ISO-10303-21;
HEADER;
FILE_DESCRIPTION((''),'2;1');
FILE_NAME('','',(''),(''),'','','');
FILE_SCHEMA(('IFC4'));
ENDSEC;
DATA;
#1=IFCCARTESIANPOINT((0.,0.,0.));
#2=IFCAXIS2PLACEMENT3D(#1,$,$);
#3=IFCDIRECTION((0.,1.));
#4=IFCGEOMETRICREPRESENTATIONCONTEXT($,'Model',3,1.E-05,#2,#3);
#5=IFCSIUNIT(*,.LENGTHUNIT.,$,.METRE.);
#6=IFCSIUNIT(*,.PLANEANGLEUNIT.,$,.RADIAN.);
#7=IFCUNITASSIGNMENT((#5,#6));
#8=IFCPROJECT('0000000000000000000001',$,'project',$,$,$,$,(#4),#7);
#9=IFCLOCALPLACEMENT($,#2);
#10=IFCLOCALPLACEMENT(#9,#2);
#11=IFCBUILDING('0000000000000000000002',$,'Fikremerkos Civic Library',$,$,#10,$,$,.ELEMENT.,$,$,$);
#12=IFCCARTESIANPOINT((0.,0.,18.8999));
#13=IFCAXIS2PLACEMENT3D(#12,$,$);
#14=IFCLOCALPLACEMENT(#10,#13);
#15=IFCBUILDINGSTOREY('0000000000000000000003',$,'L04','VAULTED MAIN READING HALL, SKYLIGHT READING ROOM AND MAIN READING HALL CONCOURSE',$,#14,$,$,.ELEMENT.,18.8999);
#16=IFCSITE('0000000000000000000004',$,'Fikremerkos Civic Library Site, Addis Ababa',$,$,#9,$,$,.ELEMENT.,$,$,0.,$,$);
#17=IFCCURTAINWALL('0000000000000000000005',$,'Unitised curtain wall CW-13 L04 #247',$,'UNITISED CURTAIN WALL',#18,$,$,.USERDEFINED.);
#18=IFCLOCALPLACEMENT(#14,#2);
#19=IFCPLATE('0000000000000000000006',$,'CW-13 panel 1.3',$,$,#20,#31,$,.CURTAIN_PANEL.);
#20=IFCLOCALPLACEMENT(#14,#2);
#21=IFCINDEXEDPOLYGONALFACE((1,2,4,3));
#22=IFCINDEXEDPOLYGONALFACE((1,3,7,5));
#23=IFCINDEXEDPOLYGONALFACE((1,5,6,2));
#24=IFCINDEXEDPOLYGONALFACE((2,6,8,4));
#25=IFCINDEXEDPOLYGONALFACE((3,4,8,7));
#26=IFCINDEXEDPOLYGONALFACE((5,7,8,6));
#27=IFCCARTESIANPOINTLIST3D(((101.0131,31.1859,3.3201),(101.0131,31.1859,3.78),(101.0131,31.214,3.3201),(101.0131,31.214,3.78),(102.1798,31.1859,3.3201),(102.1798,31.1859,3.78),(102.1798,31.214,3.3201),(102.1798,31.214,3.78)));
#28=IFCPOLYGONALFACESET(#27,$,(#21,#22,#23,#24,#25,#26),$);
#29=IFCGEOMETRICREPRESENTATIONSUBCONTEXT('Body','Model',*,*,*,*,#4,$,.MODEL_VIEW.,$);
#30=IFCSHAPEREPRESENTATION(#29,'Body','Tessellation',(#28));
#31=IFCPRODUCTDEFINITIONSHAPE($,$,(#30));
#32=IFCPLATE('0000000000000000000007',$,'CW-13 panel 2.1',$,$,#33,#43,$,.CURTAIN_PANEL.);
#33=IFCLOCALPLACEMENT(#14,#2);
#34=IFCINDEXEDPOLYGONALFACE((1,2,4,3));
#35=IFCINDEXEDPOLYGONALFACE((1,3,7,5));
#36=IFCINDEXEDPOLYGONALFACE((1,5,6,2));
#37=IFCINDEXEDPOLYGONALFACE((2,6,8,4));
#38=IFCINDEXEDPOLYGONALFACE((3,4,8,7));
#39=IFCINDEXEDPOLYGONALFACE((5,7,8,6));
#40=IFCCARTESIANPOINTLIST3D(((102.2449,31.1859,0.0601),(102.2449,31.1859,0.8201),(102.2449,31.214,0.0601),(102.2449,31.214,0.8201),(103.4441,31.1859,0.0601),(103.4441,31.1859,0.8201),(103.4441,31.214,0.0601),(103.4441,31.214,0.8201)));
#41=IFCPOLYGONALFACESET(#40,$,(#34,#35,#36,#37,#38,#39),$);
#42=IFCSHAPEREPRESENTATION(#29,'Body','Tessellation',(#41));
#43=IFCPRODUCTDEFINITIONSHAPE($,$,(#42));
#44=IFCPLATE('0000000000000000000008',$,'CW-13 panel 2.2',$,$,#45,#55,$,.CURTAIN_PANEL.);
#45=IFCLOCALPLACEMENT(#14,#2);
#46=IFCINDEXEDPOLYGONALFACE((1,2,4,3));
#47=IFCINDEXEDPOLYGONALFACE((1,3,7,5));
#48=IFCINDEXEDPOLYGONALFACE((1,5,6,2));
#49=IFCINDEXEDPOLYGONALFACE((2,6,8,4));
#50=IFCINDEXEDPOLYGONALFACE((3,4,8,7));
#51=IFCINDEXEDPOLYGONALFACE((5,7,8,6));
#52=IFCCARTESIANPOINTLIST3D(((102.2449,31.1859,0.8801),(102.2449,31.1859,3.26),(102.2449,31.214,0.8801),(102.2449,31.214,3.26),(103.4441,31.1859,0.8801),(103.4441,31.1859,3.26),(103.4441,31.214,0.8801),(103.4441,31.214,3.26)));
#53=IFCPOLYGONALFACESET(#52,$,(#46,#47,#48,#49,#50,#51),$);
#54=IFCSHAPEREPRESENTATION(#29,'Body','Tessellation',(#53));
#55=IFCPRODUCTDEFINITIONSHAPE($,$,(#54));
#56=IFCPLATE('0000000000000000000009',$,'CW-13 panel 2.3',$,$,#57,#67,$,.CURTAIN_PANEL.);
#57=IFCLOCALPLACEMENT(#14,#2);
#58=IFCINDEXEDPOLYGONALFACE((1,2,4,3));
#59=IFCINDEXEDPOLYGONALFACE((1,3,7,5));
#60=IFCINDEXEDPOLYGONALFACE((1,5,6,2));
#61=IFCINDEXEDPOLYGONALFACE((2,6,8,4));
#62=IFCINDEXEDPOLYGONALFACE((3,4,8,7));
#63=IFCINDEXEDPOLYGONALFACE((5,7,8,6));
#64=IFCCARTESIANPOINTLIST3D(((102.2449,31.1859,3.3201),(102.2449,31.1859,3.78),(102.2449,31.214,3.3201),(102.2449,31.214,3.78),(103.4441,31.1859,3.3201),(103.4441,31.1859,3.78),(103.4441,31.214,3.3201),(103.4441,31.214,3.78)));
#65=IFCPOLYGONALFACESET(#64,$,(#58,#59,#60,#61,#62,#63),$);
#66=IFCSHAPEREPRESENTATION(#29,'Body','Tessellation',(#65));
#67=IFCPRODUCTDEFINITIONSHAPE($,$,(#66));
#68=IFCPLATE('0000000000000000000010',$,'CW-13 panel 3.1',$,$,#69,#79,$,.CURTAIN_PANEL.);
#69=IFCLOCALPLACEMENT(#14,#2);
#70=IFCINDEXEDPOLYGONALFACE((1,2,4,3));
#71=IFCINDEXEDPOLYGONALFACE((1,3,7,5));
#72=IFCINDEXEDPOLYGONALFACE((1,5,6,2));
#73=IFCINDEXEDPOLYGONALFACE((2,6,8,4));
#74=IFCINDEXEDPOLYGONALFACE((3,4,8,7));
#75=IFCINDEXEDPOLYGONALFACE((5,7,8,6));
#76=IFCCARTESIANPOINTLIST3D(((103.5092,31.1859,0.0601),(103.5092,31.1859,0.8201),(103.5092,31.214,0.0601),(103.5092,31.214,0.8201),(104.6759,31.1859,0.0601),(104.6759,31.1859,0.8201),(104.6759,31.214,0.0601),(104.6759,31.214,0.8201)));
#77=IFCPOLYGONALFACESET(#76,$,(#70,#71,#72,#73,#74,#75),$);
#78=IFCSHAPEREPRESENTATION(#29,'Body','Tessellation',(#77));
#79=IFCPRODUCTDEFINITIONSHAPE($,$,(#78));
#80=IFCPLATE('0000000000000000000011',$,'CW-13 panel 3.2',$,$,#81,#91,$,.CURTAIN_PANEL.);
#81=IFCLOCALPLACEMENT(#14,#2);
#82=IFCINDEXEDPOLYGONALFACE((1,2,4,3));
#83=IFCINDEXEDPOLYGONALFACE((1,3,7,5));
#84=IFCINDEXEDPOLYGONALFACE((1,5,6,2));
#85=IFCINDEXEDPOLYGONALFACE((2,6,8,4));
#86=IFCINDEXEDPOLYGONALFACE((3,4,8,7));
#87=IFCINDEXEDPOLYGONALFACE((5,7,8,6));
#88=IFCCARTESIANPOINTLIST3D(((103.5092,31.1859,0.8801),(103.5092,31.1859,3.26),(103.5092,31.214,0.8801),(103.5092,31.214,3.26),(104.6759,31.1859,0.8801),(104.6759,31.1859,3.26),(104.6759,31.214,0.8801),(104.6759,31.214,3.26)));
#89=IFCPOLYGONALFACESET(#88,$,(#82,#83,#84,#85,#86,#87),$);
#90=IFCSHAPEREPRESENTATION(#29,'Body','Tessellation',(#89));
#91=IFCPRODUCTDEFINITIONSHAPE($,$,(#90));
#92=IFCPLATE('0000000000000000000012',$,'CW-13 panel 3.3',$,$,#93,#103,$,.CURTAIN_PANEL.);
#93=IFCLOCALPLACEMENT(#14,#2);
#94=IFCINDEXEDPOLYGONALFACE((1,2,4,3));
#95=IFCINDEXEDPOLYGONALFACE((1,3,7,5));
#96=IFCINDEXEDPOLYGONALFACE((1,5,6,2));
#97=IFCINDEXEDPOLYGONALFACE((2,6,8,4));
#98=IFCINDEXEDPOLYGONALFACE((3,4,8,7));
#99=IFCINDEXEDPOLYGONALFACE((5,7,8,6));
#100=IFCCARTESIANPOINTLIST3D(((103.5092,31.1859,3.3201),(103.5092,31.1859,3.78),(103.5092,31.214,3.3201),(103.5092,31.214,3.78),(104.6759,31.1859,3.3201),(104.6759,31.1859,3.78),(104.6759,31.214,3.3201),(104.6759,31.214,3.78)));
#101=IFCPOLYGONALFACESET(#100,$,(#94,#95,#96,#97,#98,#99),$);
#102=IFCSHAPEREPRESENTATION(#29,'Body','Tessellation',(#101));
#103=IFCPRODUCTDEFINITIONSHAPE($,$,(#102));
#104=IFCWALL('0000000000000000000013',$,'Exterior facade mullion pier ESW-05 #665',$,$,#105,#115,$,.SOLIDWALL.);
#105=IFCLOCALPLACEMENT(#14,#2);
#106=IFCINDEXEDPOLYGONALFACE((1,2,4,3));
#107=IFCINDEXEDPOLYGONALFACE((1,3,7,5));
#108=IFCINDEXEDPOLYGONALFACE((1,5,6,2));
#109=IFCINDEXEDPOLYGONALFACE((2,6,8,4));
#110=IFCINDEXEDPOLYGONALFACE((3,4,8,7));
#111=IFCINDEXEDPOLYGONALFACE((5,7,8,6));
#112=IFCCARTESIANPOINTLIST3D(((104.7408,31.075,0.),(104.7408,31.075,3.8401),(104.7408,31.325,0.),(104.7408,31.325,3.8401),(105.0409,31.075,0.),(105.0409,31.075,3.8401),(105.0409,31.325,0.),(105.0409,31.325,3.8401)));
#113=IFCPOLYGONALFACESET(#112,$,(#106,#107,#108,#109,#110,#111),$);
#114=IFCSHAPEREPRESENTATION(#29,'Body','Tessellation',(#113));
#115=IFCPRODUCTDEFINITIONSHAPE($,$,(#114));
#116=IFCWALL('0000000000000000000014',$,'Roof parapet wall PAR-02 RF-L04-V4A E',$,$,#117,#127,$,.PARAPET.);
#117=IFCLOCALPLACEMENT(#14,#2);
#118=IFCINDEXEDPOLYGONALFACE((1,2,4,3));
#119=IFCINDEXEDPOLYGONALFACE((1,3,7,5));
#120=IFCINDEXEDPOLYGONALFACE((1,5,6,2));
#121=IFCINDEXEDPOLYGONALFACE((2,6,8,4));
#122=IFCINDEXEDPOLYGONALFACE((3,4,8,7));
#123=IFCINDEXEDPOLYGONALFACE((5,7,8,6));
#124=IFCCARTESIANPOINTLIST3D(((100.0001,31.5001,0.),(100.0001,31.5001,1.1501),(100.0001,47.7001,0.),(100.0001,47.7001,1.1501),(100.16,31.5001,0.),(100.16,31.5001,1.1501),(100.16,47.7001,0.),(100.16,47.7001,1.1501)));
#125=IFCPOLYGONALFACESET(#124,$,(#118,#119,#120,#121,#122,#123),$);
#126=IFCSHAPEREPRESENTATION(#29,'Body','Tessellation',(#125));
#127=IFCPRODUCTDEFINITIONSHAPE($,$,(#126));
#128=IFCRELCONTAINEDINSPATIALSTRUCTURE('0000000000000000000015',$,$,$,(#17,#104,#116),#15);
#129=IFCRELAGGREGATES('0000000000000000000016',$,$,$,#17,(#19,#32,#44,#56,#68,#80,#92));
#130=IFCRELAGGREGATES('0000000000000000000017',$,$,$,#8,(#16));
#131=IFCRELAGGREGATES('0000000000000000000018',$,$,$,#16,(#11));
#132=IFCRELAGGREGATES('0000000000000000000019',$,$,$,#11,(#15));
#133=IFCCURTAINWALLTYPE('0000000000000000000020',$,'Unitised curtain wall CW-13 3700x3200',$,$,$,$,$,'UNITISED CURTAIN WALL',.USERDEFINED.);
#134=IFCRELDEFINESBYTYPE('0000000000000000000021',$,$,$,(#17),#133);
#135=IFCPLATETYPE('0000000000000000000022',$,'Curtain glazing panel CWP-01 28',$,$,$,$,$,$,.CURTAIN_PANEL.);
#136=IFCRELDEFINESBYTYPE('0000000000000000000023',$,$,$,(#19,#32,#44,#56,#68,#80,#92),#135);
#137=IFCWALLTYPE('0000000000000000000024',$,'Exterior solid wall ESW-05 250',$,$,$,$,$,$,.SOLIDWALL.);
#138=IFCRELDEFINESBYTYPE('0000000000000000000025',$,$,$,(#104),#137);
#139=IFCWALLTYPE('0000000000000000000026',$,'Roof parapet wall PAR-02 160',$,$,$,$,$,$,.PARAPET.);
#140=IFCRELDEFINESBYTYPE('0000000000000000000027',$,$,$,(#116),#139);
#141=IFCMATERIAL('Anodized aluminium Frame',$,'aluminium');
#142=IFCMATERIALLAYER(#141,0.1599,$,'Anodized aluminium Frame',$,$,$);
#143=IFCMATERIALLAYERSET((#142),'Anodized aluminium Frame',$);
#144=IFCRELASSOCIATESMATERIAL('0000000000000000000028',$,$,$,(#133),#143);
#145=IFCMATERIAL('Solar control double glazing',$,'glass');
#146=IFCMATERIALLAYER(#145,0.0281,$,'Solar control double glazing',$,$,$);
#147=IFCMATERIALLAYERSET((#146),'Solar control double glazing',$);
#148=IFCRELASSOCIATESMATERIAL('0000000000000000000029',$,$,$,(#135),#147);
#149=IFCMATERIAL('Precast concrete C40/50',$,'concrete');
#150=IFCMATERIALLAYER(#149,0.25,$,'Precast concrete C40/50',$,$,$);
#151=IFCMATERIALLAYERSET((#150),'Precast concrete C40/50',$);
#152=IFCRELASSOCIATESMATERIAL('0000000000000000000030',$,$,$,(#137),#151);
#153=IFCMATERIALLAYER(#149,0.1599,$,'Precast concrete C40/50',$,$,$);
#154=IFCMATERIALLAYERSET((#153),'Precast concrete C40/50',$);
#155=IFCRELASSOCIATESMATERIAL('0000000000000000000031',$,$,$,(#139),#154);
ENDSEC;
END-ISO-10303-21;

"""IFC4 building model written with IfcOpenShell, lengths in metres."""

from ifc_helpers import new_model, si_unit, direction, frame, frame_2d, origin, origin_2d, place, context, subcontext, project, spatial, rectangle, extrude, material, layer, layer_set, type_object, element, aggregate, save


model = new_model("IFC4")

# Units and contexts
model_context = context("Model", 3, precision=1e-05, world=origin(), true_north=direction((0.0, 1.0)))
body_context = subcontext(model_context, "Body", "Model", "MODEL_VIEW")
ifc_project = project(units=[si_unit("LENGTHUNIT", "METRE"), si_unit("PLANEANGLEUNIT", "RADIAN")], contexts=[model_context])

# Site, building, storey
site_placement = place(None, origin())
site = spatial("IfcSite", under=ifc_project, at=site_placement, Name="Fikremerkos Civic Library Site, Addis Ababa", CompositionType="ELEMENT", RefElevation=0.0)
building_placement = place(site_placement, origin())
building = spatial("IfcBuilding", under=site, at=building_placement, Name="Fikremerkos Civic Library", CompositionType="ELEMENT")
storey_placement = place(building_placement, frame((0.0, 0.0, 18.8999)))
storey = spatial("IfcBuildingStorey", under=building, at=storey_placement, Name="L04", Description="VAULTED MAIN READING HALL, SKYLIGHT READING ROOM AND MAIN READING HALL CONCOURSE", CompositionType="ELEMENT", Elevation=18.8999)

# Curtain wall, plates
ifc_material_1 = material(Name="Anodized aluminium Frame", Category="aluminium")
ifc_layer_1 = layer(ifc_material_1, 0.1599, Name="Anodized aluminium Frame")
ifc_layer_set_1 = layer_set([ifc_layer_1], Name="Anodized aluminium Frame")
curtain_wall_type = type_object("IfcCurtainWallType", Name="Unitised curtain wall CW-13 3700x3200", ElementType="UNITISED CURTAIN WALL", PredefinedType="USERDEFINED", material=ifc_layer_set_1)
curtain_wall_placement = place(storey_placement, origin())
curtain_wall = element("IfcCurtainWall", 1, at=curtain_wall_placement, inside=storey, type_object=curtain_wall_type, Name="Unitised curtain wall CW-13 L04 #247", ObjectType="UNITISED CURTAIN WALL", PredefinedType="USERDEFINED")
ifc_material_2 = material(Name="Solar control double glazing", Category="glass")
ifc_layer_2 = layer(ifc_material_2, 0.0281, Name="Solar control double glazing")
ifc_layer_set_2 = layer_set([ifc_layer_2], Name="Solar control double glazing")
plate_type = type_object("IfcPlateType", Name="Curtain glazing panel CWP-01 28", PredefinedType="CURTAIN_PANEL", material=ifc_layer_set_2)
plate_1_placement = place(storey_placement, frame((101.5964, 31.2, 3.3201), z_axis=(0.0, 0.0, 1.0), x_axis=(1.0, 0.0, 0.0)))
plate_1 = element("IfcPlate", 2, at=plate_1_placement, type_object=plate_type, Name="CW-13 panel 1.3", PredefinedType="CURTAIN_PANEL", context=body_context, shape_type="SweptSolid", body=[
    extrude(rectangle(XDim=1.1667, YDim=0.0281, at=origin_2d()), origin(), (0.0, 0.0, 1.0), 0.46),
])
plate_2_placement = place(storey_placement, frame((102.8445, 31.2, 0.0601), z_axis=(0.0, 0.0, 1.0), x_axis=(1.0, 0.0, 0.0)))
plate_2 = element("IfcPlate", 3, at=plate_2_placement, type_object=plate_type, Name="CW-13 panel 2.1", PredefinedType="CURTAIN_PANEL", context=body_context, shape_type="SweptSolid", body=[
    extrude(rectangle(XDim=1.1992, YDim=0.0281, at=origin_2d()), origin(), (0.0, 0.0, 1.0), 0.76),
])
plate_3_placement = place(storey_placement, frame((102.8445, 31.2, 0.8801), z_axis=(0.0, 0.0, 1.0), x_axis=(1.0, 0.0, 0.0)))
plate_3 = element("IfcPlate", 4, at=plate_3_placement, type_object=plate_type, Name="CW-13 panel 2.2", PredefinedType="CURTAIN_PANEL", context=body_context, shape_type="SweptSolid", body=[
    extrude(rectangle(XDim=1.1992, YDim=0.0281, at=origin_2d()), origin(), (0.0, 0.0, 1.0), 2.3799),
])
plate_4_placement = place(storey_placement, frame((102.8445, 31.2, 3.3201), z_axis=(0.0, 0.0, 1.0), x_axis=(1.0, 0.0, 0.0)))
plate_4 = element("IfcPlate", 5, at=plate_4_placement, type_object=plate_type, Name="CW-13 panel 2.3", PredefinedType="CURTAIN_PANEL", context=body_context, shape_type="SweptSolid", body=[
    extrude(rectangle(XDim=1.1992, YDim=0.0281, at=origin_2d()), origin(), (0.0, 0.0, 1.0), 0.46),
])
plate_5_placement = place(storey_placement, frame((104.0925, 31.2, 0.0601), z_axis=(0.0, 0.0, 1.0), x_axis=(1.0, 0.0, 0.0)))
plate_5 = element("IfcPlate", 6, at=plate_5_placement, type_object=plate_type, Name="CW-13 panel 3.1", PredefinedType="CURTAIN_PANEL", context=body_context, shape_type="SweptSolid", body=[
    extrude(rectangle(XDim=1.1667, YDim=0.0281, at=origin_2d()), origin(), (0.0, 0.0, 1.0), 0.76),
])
plate_6_placement = place(storey_placement, frame((104.0925, 31.2, 0.8801), z_axis=(0.0, 0.0, 1.0), x_axis=(1.0, 0.0, 0.0)))
plate_6 = element("IfcPlate", 7, at=plate_6_placement, type_object=plate_type, Name="CW-13 panel 3.2", PredefinedType="CURTAIN_PANEL", context=body_context, shape_type="SweptSolid", body=[
    extrude(rectangle(XDim=1.1667, YDim=0.0281, at=origin_2d()), origin(), (0.0, 0.0, 1.0), 2.3799),
])
plate_7_placement = place(storey_placement, frame((104.0925, 31.2, 3.3201), z_axis=(0.0, 0.0, 1.0), x_axis=(1.0, 0.0, 0.0)))
plate_7 = element("IfcPlate", 8, at=plate_7_placement, type_object=plate_type, Name="CW-13 panel 3.3", PredefinedType="CURTAIN_PANEL", context=body_context, shape_type="SweptSolid", body=[
    extrude(rectangle(XDim=1.1667, YDim=0.0281, at=origin_2d()), origin(), (0.0, 0.0, 1.0), 0.46),
])
aggregate(curtain_wall, [plate_1, plate_2, plate_3, plate_4, plate_5, plate_6, plate_7])

# Walls
ifc_material_3 = material(Name="Precast concrete C40/50", Category="concrete")
ifc_layer_3 = layer(ifc_material_3, 0.25, Name="Precast concrete C40/50")
ifc_layer_set_3 = layer_set([ifc_layer_3], Name="Precast concrete C40/50")
wall_type_1 = type_object("IfcWallType", Name="Exterior solid wall ESW-05 250", PredefinedType="SOLIDWALL", material=ifc_layer_set_3)
wall_1_placement = place(storey_placement, frame((104.741, 31.2, 0.0), z_axis=(0.0, 0.0, 1.0), x_axis=(1.0, 0.0, 0.0)))
element("IfcWall", 9, at=wall_1_placement, inside=storey, type_object=wall_type_1, Name="Exterior facade mullion pier ESW-05 #665", PredefinedType="SOLIDWALL", context=body_context, shape_type="SweptSolid", body=[
    extrude(rectangle(XDim=0.3, YDim=0.25, at=frame_2d((0.1499, 0.0))), origin(), (0.0, 0.0, 1.0), 3.8401),
])
ifc_layer_4 = layer(ifc_material_3, 0.1599, Name="Precast concrete C40/50")
ifc_layer_set_4 = layer_set([ifc_layer_4], Name="Precast concrete C40/50")
wall_type_2 = type_object("IfcWallType", Name="Roof parapet wall PAR-02 160", PredefinedType="PARAPET", material=ifc_layer_set_4)
wall_2_placement = place(storey_placement, frame((100.0801, 31.5, 0.0), z_axis=(0.0, 0.0, 1.0), x_axis=(0.0, 1.0, 0.0)))
element("IfcWall", 10, at=wall_2_placement, inside=storey, type_object=wall_type_2, Name="Roof parapet wall PAR-02 RF-L04-V4A E", PredefinedType="PARAPET", context=body_context, shape_type="SweptSolid", body=[
    extrude(rectangle(XDim=16.2, YDim=0.1599, at=frame_2d((8.1001, 0.0))), origin(), (0.0, 0.0, 1.0), 1.1501),
])

save(model, "model.ifc")
